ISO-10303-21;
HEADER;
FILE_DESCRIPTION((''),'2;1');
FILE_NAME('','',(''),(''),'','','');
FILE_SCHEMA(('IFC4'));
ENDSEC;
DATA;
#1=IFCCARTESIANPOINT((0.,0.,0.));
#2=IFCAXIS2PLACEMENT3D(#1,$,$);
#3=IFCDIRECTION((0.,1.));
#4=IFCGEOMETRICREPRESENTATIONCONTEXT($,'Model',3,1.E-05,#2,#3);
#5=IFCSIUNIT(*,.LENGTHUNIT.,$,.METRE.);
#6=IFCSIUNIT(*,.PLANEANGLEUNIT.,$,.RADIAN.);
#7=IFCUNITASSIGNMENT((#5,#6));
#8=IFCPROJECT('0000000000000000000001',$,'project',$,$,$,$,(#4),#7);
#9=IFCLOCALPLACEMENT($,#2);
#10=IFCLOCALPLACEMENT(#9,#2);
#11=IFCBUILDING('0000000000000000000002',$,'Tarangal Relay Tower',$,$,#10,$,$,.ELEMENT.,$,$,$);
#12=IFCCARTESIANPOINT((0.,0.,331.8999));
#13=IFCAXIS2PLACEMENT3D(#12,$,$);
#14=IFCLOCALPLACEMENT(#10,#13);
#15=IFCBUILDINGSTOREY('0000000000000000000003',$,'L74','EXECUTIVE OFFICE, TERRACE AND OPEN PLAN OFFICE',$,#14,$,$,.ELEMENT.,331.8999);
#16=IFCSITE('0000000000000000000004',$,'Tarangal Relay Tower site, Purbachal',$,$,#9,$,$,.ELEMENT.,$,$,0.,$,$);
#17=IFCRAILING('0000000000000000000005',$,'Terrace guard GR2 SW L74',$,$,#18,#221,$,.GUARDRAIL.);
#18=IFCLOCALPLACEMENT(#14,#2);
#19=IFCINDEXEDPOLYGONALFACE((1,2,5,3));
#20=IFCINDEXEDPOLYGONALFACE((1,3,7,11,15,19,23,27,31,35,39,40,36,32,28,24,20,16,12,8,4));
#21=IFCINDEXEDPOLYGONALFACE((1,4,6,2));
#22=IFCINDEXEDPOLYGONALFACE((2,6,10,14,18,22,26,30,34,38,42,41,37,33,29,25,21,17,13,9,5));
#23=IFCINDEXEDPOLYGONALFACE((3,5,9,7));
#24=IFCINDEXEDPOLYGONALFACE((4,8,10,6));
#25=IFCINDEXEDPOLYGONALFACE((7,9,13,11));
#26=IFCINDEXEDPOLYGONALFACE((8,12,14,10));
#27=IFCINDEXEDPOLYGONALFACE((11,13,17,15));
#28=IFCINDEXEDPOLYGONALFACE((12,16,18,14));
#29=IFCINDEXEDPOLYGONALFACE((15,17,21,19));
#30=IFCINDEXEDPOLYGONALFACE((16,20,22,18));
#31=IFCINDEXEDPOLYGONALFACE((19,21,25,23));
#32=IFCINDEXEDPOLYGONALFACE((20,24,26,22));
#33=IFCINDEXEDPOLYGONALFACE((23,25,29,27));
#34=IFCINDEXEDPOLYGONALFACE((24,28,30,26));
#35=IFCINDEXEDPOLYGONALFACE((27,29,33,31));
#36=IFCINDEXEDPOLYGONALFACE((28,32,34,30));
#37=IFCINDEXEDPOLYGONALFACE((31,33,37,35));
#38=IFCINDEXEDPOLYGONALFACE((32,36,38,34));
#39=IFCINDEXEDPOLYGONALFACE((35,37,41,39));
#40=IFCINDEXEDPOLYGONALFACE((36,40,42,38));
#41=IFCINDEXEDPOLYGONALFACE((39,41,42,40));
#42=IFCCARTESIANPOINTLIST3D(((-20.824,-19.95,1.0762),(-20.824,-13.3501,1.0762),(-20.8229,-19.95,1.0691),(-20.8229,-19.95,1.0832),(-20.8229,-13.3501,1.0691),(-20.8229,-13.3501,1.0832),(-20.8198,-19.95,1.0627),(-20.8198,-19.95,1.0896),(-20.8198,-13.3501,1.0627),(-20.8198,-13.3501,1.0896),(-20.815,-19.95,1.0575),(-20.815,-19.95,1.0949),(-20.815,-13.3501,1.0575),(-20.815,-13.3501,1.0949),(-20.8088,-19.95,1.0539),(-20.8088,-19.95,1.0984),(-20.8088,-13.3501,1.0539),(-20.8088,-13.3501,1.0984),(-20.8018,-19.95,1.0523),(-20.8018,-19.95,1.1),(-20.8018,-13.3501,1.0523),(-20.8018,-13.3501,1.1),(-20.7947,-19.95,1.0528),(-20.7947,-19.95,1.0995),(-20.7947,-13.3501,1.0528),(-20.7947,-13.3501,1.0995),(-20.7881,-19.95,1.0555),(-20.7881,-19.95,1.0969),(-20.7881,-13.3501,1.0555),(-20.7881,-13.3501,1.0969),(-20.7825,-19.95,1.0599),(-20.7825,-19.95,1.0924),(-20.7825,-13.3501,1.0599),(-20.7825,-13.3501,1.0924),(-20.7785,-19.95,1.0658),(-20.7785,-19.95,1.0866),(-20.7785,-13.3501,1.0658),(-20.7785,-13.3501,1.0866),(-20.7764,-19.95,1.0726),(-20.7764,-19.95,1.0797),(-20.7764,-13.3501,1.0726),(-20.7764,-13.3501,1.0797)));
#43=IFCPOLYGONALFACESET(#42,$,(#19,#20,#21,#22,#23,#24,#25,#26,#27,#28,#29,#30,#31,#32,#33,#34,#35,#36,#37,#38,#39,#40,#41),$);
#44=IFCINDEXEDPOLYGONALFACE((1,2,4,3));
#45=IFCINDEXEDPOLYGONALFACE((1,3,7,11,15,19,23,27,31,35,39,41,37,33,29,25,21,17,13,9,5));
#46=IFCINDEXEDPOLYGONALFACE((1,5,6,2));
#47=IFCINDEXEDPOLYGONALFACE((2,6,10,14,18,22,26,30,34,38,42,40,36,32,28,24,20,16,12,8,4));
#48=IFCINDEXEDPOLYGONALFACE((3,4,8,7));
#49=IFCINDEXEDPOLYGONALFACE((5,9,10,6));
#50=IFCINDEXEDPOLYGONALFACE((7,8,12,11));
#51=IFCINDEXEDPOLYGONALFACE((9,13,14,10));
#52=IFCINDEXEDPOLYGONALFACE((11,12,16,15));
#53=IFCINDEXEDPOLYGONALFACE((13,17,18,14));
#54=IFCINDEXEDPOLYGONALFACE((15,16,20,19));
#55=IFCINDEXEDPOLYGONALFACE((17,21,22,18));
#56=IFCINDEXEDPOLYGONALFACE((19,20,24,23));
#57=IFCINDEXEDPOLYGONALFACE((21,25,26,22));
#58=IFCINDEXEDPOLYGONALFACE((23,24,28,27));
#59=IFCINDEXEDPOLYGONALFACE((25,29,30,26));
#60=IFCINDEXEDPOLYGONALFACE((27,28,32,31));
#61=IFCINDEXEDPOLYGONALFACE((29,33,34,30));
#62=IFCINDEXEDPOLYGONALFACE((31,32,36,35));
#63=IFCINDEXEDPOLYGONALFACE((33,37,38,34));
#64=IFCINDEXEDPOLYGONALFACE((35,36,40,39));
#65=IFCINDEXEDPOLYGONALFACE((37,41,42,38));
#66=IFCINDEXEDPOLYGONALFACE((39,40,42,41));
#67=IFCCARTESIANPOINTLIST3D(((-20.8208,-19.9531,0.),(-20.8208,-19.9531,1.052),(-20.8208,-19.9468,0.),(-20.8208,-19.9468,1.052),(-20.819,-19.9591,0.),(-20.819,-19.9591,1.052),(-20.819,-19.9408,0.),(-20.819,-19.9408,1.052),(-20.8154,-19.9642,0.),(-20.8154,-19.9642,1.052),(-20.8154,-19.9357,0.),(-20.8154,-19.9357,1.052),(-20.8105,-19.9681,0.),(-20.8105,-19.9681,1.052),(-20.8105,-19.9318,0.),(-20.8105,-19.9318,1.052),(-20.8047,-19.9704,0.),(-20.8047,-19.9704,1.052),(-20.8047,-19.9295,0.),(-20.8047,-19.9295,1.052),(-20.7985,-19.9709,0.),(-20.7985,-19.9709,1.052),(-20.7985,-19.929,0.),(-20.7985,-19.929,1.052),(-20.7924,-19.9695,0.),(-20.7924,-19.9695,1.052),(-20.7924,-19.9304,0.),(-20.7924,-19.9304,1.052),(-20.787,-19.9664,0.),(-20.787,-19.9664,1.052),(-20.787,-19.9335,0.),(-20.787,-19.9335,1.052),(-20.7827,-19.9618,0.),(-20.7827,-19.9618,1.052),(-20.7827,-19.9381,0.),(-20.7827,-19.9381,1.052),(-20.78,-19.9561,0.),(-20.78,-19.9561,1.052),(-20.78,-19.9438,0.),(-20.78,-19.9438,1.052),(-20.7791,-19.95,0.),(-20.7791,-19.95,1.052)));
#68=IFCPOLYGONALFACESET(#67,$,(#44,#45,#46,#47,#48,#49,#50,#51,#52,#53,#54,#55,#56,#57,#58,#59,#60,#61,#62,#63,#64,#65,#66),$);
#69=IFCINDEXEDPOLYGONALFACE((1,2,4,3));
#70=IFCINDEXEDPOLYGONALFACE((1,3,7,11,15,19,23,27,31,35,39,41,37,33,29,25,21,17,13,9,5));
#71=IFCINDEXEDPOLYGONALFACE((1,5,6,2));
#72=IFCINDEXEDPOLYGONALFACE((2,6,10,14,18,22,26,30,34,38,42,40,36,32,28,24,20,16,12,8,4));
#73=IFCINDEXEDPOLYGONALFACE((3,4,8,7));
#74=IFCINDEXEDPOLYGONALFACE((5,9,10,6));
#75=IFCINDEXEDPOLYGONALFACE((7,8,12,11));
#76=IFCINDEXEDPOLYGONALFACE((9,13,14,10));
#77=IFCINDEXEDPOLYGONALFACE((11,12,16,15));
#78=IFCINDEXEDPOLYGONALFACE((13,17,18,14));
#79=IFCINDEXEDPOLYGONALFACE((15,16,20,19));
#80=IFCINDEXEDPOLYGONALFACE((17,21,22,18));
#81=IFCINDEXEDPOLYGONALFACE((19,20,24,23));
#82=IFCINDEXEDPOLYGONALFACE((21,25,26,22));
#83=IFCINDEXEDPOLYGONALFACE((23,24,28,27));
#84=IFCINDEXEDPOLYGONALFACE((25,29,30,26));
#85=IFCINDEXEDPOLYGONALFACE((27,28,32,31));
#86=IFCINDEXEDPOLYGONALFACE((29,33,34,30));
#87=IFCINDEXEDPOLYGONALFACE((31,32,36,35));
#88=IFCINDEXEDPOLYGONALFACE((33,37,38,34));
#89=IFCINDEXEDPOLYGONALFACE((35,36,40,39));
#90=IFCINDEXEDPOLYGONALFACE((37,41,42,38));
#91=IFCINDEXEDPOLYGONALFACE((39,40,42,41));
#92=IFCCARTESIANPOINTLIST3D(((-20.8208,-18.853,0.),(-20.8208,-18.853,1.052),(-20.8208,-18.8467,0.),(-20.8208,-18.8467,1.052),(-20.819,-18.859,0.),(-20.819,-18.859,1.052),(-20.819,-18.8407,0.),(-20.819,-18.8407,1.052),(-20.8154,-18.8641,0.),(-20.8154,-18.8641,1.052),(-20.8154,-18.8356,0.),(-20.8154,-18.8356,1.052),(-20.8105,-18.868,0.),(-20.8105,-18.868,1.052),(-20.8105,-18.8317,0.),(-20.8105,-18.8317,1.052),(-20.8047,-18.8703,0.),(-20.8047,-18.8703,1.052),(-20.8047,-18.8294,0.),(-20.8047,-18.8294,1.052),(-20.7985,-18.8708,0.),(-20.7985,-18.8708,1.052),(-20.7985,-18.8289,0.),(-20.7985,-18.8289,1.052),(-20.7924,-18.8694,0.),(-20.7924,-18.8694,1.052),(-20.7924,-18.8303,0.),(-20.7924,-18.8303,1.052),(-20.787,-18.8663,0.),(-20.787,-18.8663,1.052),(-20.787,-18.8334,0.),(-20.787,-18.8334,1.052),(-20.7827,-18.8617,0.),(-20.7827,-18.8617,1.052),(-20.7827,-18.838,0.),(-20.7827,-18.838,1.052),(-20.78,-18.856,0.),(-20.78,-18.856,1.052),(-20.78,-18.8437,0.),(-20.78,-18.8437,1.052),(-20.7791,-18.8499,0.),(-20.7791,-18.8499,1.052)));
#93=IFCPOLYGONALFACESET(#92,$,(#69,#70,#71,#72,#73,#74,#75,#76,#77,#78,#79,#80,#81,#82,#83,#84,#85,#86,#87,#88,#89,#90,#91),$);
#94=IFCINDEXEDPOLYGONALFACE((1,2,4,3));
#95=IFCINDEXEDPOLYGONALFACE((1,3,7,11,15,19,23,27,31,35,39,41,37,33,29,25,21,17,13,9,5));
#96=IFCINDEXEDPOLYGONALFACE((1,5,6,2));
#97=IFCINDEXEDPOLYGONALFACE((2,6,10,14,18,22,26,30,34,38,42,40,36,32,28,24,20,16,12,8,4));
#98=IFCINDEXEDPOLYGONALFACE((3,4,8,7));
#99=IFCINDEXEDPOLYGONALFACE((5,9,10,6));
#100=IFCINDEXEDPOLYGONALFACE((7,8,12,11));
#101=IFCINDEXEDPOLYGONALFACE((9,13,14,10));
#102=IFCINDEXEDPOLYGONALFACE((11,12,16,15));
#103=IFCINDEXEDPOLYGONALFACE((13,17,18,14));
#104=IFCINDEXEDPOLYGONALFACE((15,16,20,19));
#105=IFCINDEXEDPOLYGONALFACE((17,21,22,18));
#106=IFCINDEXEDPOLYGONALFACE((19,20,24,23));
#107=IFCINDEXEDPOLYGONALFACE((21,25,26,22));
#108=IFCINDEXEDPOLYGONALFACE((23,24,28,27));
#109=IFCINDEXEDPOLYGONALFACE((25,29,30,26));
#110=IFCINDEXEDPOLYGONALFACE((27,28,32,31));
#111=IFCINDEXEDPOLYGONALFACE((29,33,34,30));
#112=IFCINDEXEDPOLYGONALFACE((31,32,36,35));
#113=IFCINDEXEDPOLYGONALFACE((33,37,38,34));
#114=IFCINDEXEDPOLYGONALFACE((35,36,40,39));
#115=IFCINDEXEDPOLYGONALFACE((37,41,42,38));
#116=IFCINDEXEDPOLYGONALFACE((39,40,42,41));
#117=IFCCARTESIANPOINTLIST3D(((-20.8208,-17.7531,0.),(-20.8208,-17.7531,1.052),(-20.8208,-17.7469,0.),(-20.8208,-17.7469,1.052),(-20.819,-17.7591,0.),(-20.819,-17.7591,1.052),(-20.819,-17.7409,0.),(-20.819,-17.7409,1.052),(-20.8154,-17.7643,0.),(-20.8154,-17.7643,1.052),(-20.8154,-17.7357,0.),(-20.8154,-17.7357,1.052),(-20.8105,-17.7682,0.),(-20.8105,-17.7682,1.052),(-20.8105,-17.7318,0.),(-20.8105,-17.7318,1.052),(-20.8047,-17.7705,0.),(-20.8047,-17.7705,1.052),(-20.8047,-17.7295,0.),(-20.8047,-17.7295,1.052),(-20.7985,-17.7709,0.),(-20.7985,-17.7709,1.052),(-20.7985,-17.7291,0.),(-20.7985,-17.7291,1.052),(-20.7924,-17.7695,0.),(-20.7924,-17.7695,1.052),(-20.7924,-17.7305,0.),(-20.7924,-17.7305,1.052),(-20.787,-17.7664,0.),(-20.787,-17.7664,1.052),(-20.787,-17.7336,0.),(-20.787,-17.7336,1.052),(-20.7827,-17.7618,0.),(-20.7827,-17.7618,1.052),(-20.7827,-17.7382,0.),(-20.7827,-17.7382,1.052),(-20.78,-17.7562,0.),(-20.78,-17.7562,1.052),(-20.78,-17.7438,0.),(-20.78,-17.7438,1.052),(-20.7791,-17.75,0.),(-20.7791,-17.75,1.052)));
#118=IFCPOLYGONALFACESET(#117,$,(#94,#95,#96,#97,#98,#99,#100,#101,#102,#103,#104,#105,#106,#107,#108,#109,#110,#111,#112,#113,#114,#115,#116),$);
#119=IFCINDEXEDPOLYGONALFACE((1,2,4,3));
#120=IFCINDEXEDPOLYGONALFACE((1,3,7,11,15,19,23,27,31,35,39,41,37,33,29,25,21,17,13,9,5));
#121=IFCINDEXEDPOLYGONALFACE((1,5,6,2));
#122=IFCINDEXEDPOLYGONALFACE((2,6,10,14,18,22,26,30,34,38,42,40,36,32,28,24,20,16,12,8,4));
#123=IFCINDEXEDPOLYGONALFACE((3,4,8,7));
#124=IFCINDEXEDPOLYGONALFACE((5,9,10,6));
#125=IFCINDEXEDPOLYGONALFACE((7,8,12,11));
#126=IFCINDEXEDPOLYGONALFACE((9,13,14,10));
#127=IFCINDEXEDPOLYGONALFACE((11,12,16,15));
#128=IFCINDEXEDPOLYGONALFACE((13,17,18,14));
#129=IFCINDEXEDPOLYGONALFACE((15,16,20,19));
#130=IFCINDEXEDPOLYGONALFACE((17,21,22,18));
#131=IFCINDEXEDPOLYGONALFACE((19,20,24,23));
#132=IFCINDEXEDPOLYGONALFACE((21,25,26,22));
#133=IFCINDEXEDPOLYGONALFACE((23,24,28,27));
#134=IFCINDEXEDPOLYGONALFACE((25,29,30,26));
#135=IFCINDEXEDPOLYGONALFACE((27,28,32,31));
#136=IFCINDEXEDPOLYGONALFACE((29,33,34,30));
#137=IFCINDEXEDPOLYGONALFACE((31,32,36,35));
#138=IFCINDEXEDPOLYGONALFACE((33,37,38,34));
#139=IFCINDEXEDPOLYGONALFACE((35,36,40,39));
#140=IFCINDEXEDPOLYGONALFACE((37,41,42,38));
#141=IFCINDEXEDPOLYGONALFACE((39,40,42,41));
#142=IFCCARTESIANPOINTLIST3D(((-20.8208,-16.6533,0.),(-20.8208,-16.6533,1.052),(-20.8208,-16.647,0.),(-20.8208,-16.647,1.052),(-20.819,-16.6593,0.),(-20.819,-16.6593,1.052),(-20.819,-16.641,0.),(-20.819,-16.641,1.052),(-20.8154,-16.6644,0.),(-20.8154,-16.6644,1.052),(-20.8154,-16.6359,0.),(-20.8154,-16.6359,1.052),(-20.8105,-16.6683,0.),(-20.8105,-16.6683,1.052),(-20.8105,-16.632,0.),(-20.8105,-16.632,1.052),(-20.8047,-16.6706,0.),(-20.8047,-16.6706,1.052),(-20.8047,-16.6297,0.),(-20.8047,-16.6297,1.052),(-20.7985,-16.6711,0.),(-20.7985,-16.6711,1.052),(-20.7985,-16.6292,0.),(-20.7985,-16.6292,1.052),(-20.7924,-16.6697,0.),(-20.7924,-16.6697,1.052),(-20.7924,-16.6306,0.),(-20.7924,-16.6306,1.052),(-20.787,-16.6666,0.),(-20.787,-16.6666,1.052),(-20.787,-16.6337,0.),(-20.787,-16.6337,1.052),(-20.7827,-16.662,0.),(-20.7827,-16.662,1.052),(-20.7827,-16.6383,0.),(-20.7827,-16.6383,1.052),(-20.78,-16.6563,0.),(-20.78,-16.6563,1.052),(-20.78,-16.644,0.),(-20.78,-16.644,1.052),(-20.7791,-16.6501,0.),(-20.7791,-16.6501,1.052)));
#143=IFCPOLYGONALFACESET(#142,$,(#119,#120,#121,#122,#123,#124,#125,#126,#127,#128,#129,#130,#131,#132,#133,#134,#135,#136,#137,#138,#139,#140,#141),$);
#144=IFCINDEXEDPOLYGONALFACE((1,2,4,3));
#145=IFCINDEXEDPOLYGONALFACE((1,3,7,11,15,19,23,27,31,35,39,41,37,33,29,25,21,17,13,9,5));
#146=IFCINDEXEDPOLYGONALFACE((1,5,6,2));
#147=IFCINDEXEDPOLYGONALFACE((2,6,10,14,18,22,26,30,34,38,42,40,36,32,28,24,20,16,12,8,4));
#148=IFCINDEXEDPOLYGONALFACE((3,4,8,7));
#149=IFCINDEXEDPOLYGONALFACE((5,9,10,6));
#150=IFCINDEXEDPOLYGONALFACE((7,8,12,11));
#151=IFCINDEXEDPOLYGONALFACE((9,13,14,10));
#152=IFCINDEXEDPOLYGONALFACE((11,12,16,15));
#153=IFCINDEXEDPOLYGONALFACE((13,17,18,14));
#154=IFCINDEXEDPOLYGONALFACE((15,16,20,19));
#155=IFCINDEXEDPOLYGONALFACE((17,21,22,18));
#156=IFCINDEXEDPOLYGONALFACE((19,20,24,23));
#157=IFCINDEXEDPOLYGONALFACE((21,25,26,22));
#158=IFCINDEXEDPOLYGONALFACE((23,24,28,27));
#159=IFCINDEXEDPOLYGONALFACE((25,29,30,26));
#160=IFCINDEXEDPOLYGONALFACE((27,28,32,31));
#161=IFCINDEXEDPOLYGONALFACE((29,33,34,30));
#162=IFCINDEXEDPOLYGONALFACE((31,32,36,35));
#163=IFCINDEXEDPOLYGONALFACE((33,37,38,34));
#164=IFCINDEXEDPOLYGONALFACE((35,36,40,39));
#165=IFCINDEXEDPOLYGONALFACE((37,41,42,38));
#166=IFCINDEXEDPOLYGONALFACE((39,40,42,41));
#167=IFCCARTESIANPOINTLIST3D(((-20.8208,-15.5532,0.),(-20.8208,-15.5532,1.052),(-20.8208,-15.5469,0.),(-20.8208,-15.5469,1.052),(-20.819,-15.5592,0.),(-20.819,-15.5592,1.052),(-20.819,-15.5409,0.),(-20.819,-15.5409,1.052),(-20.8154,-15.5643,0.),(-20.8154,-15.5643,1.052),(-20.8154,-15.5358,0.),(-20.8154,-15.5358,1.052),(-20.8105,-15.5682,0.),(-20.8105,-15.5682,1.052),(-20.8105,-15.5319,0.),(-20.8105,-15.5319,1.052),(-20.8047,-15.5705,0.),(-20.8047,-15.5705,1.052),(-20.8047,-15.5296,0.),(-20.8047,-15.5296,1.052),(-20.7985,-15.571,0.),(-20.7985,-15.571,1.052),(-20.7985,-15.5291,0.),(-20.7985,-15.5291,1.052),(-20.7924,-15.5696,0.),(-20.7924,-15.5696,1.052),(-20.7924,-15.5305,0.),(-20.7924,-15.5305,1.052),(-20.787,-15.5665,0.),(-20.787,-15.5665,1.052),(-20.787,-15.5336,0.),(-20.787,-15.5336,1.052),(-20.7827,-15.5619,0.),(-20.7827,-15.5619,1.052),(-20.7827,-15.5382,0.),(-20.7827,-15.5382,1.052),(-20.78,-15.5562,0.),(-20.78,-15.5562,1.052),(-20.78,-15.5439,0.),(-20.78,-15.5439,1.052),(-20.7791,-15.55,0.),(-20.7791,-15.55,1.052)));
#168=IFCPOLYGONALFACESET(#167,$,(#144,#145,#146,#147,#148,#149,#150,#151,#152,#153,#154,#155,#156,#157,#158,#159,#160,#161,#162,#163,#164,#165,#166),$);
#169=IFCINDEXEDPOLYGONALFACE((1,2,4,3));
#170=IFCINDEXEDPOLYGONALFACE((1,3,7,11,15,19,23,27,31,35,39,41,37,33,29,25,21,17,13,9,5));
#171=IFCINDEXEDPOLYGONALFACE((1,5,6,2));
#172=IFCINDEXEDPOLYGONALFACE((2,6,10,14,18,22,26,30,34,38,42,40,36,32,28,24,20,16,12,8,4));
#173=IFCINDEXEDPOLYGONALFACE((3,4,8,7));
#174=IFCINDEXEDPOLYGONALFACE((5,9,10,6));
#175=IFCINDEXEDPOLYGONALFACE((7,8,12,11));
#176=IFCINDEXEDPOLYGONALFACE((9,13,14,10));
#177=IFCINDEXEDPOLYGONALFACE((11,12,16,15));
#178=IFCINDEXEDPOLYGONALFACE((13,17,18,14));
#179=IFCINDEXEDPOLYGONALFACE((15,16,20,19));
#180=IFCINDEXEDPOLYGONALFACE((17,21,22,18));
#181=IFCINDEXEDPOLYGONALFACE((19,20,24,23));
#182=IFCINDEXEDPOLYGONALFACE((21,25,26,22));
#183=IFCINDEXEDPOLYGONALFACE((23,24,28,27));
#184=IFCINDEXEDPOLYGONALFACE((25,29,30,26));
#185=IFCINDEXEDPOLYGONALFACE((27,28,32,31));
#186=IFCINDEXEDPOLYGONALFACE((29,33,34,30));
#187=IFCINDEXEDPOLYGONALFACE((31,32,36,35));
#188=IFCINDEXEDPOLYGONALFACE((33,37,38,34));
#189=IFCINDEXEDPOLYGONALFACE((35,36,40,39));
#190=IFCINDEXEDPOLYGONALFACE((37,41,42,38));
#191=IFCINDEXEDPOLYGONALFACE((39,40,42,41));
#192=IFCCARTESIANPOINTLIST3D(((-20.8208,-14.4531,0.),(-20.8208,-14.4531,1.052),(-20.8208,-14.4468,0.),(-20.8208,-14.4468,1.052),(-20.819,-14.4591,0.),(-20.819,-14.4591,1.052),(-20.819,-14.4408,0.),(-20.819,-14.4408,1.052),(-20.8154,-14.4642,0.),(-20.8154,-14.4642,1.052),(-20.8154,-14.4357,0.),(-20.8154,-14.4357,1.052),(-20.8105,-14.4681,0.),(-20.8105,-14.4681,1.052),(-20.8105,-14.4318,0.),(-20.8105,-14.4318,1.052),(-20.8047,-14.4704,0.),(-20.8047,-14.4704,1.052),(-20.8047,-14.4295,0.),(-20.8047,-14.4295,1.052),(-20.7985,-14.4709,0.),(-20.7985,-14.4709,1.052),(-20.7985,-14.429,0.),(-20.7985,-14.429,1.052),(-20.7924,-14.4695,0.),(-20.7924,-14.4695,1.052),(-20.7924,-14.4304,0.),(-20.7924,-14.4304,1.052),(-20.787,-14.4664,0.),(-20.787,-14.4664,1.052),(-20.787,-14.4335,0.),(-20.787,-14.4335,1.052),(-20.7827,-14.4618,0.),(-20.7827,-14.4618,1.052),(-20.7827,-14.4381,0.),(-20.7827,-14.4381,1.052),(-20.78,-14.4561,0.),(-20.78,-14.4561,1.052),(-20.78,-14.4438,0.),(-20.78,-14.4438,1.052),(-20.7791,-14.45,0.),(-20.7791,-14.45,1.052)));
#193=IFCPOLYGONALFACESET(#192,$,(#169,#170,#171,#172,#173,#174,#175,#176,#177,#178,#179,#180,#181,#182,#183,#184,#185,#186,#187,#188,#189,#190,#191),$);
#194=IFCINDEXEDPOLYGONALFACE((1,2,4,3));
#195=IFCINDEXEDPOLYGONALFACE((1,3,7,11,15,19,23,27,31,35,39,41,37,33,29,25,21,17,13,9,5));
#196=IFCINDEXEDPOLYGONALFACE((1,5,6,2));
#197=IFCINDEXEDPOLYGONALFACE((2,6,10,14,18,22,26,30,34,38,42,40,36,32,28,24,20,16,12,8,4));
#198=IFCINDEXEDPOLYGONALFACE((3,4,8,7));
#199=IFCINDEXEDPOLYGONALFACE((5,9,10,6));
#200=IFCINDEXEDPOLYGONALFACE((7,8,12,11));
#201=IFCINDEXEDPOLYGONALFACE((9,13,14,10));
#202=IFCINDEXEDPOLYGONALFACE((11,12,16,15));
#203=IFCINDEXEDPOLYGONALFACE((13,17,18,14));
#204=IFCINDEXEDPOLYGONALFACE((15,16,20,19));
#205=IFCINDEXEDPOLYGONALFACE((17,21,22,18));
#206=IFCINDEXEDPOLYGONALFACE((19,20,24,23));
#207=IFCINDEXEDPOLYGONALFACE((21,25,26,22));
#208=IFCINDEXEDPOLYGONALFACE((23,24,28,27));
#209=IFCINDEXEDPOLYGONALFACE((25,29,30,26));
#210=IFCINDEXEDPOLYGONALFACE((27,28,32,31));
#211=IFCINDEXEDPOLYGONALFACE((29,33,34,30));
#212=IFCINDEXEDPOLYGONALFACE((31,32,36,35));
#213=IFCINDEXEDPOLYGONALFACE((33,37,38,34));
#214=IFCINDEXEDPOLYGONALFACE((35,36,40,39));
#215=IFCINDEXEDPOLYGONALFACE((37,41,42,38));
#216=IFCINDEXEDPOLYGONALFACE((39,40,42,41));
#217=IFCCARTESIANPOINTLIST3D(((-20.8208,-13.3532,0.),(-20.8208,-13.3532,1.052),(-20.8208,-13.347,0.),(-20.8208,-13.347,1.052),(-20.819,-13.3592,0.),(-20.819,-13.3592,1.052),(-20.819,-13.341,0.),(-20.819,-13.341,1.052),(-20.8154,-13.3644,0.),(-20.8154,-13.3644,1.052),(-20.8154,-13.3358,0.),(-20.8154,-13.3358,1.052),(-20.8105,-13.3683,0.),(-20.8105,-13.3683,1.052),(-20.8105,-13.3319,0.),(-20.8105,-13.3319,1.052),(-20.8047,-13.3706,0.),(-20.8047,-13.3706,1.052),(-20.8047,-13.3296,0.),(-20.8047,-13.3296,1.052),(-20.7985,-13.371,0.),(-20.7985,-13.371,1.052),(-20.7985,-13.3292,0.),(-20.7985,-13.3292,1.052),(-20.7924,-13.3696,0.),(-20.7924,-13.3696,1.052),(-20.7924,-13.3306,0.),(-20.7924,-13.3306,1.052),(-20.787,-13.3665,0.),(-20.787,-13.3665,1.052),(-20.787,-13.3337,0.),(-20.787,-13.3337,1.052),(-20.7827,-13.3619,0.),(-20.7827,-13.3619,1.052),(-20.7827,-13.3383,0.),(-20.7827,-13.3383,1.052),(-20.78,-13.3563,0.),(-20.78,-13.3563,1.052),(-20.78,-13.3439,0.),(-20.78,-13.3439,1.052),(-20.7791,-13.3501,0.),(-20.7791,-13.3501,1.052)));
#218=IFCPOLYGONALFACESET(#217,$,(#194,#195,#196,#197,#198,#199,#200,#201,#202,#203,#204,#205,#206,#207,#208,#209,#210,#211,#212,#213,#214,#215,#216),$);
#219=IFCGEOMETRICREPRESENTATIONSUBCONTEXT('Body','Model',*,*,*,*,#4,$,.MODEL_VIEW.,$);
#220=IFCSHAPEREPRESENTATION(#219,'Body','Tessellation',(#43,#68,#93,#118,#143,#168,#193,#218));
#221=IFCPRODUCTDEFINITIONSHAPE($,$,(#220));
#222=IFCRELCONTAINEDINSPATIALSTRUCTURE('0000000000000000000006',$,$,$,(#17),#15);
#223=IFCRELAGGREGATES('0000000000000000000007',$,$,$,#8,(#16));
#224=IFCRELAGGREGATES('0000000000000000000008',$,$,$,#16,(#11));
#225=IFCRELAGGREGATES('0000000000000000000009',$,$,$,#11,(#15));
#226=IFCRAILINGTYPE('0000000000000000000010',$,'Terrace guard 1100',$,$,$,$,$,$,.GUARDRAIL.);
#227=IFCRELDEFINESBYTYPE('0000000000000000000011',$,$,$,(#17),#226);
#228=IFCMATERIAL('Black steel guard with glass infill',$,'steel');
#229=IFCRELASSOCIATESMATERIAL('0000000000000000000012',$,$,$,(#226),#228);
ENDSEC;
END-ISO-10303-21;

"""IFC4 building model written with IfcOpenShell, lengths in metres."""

from ifc_helpers import new_model, si_unit, direction, frame, origin, origin_2d, place, context, subcontext, project, spatial, circle, extrude, material, type_object, element, save


model = new_model("IFC4")

# Units and contexts
model_context = context("Model", 3, precision=1e-05, world=origin(), true_north=direction((0.0, 1.0)))
body_context = subcontext(model_context, "Body", "Model", "MODEL_VIEW")
ifc_project = project(units=[si_unit("LENGTHUNIT", "METRE"), si_unit("PLANEANGLEUNIT", "RADIAN")], contexts=[model_context])

# Site, building, storey
site_placement = place(None, origin())
site = spatial("IfcSite", under=ifc_project, at=site_placement, Name="Tarangal Relay Tower site, Purbachal", CompositionType="ELEMENT", RefElevation=0.0)
building_placement = place(site_placement, origin())
building = spatial("IfcBuilding", under=site, at=building_placement, Name="Tarangal Relay Tower", CompositionType="ELEMENT")
storey_placement = place(building_placement, frame((0.0, 0.0, 331.8999)))
storey = spatial("IfcBuildingStorey", under=building, at=storey_placement, Name="L74", Description="EXECUTIVE OFFICE, TERRACE AND OPEN PLAN OFFICE", CompositionType="ELEMENT", Elevation=331.8999)

# Railing
ifc_material_1 = material(Name="Black steel guard with glass infill", Category="steel")
railing_type = type_object("IfcRailingType", Name="Terrace guard 1100", PredefinedType="GUARDRAIL", material=ifc_material_1)
railing_1_placement = place(storey_placement, frame((-20.8, -19.95, 0.0)))
element("IfcRailing", 1, at=railing_1_placement, inside=storey, type_object=railing_type, Name="Terrace guard GR2 SW L74", PredefinedType="GUARDRAIL", context=body_context, shape_type="SweptSolid", body=[
    extrude(circle(Radius=0.0239, at=origin_2d()), frame((0.0, 0.0, 1.0762), z_axis=(0.0, 1.0, 0.0), x_axis=(-1.0, 0.0, 0.0)), (0.0, 0.0, 1.0), 6.5999),
    extrude(circle(Radius=0.021, at=origin_2d()), origin(), (0.0, 0.0, 1.0), 1.052),
    extrude(circle(Radius=0.021, at=origin_2d()), frame((0.0, 1.1001, 0.0)), (0.0, 0.0, 1.0), 1.052),
    extrude(circle(Radius=0.021, at=origin_2d()), frame((0.0, 2.2, 0.0)), (0.0, 0.0, 1.0), 1.052),
    extrude(circle(Radius=0.021, at=origin_2d()), frame((0.0, 3.2998, 0.0)), (0.0, 0.0, 1.0), 1.052),
    extrude(circle(Radius=0.021, at=origin_2d()), frame((0.0, 4.3999, 0.0)), (0.0, 0.0, 1.0), 1.052),
    extrude(circle(Radius=0.021, at=origin_2d()), frame((0.0, 5.5, 0.0)), (0.0, 0.0, 1.0), 1.052),
    extrude(circle(Radius=0.021, at=origin_2d()), frame((0.0, 6.5999, 0.0)), (0.0, 0.0, 1.0), 1.052),
])

save(model, "model.ifc")
